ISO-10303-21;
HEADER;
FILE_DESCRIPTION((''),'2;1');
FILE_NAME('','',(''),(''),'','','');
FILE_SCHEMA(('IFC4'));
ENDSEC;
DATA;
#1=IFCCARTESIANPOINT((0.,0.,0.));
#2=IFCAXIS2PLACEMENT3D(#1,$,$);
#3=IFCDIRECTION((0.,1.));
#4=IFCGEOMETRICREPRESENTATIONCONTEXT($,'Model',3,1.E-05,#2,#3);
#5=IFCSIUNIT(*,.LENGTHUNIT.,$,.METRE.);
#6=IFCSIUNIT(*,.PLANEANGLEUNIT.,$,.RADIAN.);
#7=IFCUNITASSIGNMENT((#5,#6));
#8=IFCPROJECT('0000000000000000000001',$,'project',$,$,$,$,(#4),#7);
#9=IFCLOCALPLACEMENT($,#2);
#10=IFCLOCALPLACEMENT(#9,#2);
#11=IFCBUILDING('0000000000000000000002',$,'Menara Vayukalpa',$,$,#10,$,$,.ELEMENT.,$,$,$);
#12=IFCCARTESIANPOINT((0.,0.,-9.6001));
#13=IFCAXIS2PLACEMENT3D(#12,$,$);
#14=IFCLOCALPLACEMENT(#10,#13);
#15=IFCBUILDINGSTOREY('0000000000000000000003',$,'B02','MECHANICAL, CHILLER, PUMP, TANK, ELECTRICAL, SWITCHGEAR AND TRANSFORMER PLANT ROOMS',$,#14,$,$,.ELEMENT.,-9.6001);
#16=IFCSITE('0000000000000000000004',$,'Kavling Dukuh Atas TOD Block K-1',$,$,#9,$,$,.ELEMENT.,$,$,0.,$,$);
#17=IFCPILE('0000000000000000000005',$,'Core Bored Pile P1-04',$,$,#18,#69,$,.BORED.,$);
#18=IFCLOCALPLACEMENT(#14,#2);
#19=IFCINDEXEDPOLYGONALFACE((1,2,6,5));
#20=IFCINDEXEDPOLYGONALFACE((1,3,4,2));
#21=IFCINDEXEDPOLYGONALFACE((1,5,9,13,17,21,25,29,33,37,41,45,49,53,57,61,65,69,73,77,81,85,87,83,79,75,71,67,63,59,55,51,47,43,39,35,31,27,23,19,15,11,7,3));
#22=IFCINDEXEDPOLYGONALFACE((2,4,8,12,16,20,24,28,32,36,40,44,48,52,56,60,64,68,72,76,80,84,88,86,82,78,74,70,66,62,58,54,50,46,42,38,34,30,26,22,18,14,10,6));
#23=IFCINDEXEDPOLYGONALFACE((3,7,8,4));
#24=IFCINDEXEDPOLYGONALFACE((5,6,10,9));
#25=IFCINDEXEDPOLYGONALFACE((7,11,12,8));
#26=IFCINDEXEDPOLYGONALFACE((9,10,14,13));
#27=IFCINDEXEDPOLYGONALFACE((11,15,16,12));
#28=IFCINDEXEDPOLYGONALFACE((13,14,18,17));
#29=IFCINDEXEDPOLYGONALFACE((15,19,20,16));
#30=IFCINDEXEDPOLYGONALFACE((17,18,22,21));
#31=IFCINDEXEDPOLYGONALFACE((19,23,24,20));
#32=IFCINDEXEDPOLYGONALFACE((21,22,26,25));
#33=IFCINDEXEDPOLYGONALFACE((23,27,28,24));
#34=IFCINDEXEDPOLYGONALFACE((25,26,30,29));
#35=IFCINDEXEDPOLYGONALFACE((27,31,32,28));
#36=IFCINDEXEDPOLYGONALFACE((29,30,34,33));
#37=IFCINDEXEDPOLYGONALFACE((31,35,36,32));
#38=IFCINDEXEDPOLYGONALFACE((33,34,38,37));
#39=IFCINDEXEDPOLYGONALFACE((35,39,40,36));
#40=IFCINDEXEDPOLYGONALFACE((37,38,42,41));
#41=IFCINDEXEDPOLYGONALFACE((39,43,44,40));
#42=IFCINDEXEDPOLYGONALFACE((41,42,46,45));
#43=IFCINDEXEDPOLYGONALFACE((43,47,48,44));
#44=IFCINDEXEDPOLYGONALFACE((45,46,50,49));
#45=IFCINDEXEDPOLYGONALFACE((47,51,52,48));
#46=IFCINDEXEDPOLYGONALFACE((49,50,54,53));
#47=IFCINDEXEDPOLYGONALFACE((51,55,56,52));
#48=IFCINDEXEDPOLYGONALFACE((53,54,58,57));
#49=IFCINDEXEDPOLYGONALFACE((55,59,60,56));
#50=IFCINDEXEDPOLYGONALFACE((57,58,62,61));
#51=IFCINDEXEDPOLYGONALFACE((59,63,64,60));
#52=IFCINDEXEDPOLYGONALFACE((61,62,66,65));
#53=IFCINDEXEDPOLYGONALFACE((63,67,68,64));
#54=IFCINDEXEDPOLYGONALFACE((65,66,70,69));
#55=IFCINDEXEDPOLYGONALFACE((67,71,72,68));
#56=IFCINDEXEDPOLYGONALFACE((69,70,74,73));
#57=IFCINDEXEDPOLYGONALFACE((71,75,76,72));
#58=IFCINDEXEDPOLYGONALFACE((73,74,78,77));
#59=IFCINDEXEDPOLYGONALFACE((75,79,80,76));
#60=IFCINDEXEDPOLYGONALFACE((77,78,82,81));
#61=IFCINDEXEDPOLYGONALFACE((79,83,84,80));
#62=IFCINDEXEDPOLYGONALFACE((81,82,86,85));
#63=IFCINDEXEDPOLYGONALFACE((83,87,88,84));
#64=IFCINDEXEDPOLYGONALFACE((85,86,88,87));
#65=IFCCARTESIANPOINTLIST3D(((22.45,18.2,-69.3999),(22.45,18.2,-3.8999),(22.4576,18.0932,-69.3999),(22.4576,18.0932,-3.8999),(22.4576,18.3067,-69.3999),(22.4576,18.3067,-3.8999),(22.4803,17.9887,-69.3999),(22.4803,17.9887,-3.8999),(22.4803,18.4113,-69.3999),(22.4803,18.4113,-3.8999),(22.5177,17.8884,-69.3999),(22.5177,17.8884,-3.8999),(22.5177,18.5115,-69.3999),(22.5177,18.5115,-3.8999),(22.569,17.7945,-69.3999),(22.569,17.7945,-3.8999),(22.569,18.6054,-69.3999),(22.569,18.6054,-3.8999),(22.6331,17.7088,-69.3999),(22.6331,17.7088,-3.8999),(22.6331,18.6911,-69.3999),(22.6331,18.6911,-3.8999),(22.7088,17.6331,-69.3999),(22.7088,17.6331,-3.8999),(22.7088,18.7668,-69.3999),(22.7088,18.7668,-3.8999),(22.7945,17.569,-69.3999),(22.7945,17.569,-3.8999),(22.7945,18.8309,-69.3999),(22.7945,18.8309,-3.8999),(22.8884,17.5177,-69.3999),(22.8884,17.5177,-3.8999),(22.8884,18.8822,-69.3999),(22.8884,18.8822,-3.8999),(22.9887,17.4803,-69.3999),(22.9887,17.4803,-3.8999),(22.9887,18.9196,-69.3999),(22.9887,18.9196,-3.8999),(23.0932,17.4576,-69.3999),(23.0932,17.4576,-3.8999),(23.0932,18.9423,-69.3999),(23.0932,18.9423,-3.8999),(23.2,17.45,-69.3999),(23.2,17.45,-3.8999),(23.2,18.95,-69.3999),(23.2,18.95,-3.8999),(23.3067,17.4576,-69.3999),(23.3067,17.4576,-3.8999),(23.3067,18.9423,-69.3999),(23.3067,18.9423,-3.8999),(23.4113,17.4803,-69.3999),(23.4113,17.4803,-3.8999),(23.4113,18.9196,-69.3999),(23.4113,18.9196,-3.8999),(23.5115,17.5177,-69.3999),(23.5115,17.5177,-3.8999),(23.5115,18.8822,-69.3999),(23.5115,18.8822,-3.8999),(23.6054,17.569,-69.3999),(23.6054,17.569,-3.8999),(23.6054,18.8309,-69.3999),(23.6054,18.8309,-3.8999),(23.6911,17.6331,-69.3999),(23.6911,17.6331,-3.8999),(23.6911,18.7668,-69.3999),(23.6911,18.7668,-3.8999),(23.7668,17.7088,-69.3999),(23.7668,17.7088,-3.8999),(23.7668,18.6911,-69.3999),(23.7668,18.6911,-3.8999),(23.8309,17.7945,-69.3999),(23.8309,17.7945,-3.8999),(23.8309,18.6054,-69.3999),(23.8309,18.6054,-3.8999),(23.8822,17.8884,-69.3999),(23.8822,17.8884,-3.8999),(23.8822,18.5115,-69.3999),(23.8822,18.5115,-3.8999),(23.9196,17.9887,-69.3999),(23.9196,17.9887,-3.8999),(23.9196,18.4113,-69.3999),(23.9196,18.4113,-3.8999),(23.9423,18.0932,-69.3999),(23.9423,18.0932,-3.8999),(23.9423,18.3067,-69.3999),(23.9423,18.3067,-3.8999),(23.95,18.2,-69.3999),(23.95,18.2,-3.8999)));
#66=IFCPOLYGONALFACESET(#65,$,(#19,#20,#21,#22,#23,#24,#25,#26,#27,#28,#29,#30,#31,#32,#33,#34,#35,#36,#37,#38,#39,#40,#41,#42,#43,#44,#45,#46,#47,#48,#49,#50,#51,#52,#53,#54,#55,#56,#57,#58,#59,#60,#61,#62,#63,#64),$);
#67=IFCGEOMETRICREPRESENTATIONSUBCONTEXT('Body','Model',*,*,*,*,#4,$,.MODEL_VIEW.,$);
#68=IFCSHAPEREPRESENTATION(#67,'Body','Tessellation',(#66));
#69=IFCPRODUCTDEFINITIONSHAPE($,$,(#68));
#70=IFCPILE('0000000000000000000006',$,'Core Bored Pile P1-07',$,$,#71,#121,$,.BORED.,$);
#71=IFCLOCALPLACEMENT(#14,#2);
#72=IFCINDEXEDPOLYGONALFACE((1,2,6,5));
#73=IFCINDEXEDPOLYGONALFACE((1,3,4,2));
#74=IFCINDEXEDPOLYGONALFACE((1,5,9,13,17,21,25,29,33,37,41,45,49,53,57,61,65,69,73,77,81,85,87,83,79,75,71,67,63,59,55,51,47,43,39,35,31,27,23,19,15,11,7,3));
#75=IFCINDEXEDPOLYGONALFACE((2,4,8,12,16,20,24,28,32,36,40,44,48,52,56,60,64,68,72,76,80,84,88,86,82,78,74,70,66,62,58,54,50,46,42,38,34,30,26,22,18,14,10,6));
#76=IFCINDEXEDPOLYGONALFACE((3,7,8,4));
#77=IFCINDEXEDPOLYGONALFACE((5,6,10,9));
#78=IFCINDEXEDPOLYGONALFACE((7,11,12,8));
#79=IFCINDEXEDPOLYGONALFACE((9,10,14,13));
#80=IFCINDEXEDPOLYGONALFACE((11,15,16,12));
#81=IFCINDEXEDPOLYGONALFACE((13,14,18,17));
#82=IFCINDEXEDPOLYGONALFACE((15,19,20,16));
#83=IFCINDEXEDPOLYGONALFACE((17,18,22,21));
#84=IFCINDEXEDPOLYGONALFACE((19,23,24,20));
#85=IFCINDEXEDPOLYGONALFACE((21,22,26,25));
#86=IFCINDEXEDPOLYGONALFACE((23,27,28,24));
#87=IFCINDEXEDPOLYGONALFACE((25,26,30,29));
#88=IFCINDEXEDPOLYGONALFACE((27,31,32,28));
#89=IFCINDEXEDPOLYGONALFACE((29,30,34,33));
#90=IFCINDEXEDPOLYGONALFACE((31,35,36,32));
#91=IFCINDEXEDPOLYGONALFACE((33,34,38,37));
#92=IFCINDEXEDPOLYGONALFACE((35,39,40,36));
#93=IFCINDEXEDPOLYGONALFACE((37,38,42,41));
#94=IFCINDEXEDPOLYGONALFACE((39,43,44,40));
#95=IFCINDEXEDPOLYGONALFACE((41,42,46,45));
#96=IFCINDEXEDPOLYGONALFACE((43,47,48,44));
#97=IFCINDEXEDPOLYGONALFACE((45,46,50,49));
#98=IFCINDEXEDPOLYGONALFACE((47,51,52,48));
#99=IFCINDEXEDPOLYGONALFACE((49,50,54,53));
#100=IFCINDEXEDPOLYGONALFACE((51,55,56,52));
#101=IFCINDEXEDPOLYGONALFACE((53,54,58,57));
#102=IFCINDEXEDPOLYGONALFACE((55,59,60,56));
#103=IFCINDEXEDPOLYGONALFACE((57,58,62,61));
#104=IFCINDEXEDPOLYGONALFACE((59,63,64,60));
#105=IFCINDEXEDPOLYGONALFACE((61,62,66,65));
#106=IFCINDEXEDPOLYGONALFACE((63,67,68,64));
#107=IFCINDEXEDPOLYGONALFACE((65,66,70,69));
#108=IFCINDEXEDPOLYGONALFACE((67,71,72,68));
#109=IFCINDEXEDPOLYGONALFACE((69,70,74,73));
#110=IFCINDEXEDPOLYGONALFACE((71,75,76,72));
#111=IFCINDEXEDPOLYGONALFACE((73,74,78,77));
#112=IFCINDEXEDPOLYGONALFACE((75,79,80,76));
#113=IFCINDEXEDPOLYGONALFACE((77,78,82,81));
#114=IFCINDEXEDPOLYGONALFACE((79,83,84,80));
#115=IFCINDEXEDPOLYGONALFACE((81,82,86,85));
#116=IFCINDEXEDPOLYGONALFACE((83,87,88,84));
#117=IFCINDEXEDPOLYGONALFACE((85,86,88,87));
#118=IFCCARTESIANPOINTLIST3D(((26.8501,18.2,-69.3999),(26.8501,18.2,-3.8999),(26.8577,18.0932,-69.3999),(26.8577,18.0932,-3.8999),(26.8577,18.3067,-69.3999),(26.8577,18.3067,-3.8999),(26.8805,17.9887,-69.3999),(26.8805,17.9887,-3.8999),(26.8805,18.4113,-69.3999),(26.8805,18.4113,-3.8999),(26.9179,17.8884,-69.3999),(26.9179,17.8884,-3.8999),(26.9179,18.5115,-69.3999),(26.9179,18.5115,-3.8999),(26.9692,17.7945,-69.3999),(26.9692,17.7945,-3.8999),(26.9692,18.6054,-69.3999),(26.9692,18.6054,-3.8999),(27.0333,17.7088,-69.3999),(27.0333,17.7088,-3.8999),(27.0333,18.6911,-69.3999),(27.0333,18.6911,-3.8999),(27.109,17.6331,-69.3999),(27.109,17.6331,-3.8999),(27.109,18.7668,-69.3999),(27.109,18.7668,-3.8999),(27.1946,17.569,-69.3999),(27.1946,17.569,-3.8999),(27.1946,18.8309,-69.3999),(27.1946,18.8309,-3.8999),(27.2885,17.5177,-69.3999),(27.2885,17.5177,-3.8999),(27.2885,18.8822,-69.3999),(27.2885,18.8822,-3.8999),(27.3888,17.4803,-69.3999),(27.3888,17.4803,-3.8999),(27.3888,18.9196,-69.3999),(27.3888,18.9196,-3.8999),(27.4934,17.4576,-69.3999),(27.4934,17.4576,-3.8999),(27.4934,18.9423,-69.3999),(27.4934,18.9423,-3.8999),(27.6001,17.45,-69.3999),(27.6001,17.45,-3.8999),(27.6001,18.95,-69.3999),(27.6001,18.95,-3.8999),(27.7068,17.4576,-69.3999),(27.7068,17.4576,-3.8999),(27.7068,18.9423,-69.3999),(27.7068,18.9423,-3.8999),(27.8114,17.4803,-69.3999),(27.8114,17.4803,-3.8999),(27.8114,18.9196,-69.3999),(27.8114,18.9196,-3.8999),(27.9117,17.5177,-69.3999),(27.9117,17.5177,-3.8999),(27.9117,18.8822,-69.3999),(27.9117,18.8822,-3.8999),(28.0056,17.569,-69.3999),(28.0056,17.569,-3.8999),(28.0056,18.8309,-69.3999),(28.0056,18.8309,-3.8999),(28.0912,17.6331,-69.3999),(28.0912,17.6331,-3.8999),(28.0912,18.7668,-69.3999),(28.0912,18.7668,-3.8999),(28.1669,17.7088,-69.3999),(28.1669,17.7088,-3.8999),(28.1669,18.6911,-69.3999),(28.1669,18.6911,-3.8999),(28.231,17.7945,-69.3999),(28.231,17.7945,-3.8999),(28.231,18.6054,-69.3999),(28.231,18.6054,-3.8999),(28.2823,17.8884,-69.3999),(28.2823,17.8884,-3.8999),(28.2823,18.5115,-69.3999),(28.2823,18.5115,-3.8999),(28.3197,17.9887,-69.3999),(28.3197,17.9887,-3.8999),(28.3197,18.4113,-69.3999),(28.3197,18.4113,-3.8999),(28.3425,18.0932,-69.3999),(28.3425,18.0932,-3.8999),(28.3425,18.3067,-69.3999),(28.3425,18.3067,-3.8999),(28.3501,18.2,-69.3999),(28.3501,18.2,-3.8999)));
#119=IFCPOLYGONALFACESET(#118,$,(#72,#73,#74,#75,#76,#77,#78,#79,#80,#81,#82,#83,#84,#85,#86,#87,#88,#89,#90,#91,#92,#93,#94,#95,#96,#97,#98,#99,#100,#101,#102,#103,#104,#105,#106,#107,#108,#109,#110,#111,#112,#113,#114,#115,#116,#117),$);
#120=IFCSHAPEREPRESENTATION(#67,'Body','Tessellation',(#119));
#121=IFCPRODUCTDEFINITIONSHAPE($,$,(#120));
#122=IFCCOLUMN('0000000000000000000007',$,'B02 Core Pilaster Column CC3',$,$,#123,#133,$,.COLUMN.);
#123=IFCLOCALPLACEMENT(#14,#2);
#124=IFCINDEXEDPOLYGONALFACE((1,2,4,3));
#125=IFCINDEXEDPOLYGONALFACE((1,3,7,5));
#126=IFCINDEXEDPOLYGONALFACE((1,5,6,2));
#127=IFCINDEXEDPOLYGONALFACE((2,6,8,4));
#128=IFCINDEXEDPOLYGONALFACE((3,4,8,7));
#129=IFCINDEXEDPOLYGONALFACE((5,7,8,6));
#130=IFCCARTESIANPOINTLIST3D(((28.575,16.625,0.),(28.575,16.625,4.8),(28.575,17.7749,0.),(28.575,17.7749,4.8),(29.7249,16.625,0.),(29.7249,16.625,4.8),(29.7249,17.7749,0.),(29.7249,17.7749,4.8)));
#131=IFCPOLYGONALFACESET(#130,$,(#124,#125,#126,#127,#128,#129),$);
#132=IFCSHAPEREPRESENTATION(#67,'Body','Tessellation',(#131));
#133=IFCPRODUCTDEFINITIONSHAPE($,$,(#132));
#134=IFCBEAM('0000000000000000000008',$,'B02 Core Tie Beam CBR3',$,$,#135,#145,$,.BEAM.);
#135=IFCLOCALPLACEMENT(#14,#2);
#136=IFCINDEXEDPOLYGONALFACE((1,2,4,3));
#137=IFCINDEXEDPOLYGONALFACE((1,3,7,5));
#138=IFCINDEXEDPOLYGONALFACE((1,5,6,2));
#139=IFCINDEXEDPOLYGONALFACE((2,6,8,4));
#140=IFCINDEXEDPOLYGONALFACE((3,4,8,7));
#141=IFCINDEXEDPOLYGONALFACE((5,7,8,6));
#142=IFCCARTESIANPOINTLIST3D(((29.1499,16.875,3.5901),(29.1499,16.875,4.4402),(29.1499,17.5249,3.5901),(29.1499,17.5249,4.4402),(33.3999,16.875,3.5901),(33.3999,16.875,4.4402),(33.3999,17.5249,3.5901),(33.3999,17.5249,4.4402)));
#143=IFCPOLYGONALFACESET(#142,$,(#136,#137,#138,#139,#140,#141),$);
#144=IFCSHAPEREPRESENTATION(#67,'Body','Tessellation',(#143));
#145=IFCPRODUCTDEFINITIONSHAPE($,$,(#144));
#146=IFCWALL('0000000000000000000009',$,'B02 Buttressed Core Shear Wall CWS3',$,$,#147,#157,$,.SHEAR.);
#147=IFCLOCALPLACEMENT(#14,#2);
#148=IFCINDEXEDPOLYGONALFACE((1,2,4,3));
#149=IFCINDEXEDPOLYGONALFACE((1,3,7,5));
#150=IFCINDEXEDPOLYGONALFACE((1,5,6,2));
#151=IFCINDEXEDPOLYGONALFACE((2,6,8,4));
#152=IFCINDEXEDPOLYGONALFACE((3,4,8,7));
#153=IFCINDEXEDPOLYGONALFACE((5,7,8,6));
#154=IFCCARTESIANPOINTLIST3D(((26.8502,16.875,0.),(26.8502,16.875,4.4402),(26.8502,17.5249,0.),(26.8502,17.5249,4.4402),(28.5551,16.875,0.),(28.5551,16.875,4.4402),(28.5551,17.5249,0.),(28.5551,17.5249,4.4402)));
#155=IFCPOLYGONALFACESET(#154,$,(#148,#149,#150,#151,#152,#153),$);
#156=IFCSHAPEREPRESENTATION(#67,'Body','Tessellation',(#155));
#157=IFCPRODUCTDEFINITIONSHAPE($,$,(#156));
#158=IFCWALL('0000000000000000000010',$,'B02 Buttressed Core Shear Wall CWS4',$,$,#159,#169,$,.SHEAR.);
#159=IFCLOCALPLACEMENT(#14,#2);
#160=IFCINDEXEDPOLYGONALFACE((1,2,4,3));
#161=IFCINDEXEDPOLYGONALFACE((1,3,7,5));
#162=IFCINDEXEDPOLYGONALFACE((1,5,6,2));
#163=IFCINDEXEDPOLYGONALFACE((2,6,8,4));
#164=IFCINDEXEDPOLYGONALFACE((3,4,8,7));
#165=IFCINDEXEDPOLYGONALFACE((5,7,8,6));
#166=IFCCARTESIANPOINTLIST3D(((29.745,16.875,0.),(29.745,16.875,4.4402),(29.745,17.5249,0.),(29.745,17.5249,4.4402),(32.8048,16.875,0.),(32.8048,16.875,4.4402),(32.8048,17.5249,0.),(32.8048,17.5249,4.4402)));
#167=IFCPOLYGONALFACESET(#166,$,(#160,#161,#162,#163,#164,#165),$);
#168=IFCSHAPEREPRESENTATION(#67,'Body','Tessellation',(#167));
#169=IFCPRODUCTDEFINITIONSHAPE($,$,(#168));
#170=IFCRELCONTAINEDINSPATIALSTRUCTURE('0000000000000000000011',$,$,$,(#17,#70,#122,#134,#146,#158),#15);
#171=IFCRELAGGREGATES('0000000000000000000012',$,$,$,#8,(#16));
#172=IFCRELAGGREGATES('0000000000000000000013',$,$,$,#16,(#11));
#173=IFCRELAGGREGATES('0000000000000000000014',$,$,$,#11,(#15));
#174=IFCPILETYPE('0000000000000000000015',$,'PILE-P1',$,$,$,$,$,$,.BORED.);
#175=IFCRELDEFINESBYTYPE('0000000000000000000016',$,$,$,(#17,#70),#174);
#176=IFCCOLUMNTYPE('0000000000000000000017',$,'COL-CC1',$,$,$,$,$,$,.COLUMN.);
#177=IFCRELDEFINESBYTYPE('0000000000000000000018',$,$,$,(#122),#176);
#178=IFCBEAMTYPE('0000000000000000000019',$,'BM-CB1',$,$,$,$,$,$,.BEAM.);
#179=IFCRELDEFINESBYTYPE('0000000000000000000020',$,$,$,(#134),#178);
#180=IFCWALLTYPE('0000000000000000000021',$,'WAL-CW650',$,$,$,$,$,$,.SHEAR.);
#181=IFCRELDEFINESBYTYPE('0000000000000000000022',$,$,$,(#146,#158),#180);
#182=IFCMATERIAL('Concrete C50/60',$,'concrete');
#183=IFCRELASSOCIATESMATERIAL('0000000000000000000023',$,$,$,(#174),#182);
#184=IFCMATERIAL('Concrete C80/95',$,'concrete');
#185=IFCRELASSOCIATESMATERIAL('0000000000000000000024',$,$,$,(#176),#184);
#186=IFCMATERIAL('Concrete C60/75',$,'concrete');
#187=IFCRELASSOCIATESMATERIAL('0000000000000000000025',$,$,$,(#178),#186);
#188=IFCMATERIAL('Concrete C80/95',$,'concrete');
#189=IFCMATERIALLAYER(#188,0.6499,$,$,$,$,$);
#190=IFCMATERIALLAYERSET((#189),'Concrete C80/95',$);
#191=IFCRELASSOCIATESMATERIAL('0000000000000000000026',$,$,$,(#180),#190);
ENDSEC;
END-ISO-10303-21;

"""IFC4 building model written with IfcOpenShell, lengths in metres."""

from ifc_helpers import new_model, si_unit, direction, frame, frame_2d, origin, origin_2d, place, context, subcontext, project, spatial, rectangle, circle, extrude, material, layer, layer_set, material_profile, profile_set, type_object, element, save


model = new_model("IFC4")

# Units and contexts
model_context = context("Model", 3, precision=1e-05, world=origin(), true_north=direction((0.0, 1.0)))
body_context = subcontext(model_context, "Body", "Model", "MODEL_VIEW")
ifc_project = project(units=[si_unit("LENGTHUNIT", "METRE"), si_unit("PLANEANGLEUNIT", "RADIAN")], contexts=[model_context])

# Site, building, storey
site_placement = place(None, origin())
site = spatial("IfcSite", under=ifc_project, at=site_placement, Name="Kavling Dukuh Atas TOD Block K-1", CompositionType="ELEMENT", RefElevation=0.0)
building_placement = place(site_placement, origin())
building = spatial("IfcBuilding", under=site, at=building_placement, Name="Menara Vayukalpa", CompositionType="ELEMENT")
storey_placement = place(building_placement, frame((0.0, 0.0, -9.6001)))
storey = spatial("IfcBuildingStorey", under=building, at=storey_placement, Name="B02", Description="MECHANICAL, CHILLER, PUMP, TANK, ELECTRICAL, SWITCHGEAR AND TRANSFORMER PLANT ROOMS", CompositionType="ELEMENT", Elevation=-9.6001)

# Piles
ifc_material_1 = material(Name="Concrete C50/60", Category="concrete")
ifc_material_profile_1 = material_profile(ifc_material_1, circle(Radius=0.75, at=origin_2d()), Name="PILE D1500")
ifc_profile_set_1 = profile_set([ifc_material_profile_1], Name="Concrete C50/60")
pile_type = type_object("IfcPileType", Name="PILE-P1", PredefinedType="BORED", material=ifc_profile_set_1)
for number, where, z_axis, x_axis, name in (
    (1, (23.2, 18.2, -3.8999), (0.0, 0.0, -1.0), (1.0, 0.0, 0.0), "Core Bored Pile P1-04"),
    (2, (27.6001, 18.2, -3.8999), (0.0, 0.0, -1.0), (1.0, 0.0, 0.0), "Core Bored Pile P1-07"),
):
    element("IfcPile", number, at=place(storey_placement, frame(where, z_axis=z_axis, x_axis=x_axis)), inside=storey, type_object=pile_type, Name=name, PredefinedType="BORED", context=body_context, shape_type="SweptSolid", body=[
        extrude(circle(Radius=0.75, at=origin_2d()), origin(), (0.0, 0.0, 1.0), 65.5),
    ])

# Column
ifc_material_2 = material(Name="Concrete C80/95", Category="concrete")
ifc_material_profile_2 = material_profile(ifc_material_2, rectangle(XDim=1.1499, YDim=1.1499, at=origin_2d()), Name="RC 1150x1150")
ifc_profile_set_2 = profile_set([ifc_material_profile_2], Name="Concrete C80/95")
column_type = type_object("IfcColumnType", Name="COL-CC1", PredefinedType="COLUMN", material=ifc_profile_set_2)
column_placement = place(storey_placement, frame((29.1499, 17.2, 0.0), z_axis=(0.0, 0.0, 1.0), x_axis=(1.0, 0.0, 0.0)))
element("IfcColumn", 3, at=column_placement, inside=storey, type_object=column_type, Name="B02 Core Pilaster Column CC3", PredefinedType="COLUMN", context=body_context, shape_type="SweptSolid", body=[
    extrude(rectangle(XDim=1.1499, YDim=1.1499, at=origin_2d()), origin(), (0.0, 0.0, 1.0), 4.8),
])

# Beam
ifc_material_3 = material(Name="Concrete C60/75", Category="concrete")
ifc_material_profile_3 = material_profile(ifc_material_3, rectangle(XDim=0.6499, YDim=0.8501, at=origin_2d()), Name="RC 650x850")
ifc_profile_set_3 = profile_set([ifc_material_profile_3], Name="Concrete C60/75")
beam_type = type_object("IfcBeamType", Name="BM-CB1", PredefinedType="BEAM", material=ifc_profile_set_3)
beam_placement = place(storey_placement, frame((29.1499, 17.2, 4.0151), z_axis=(1.0, 0.0, 0.0), x_axis=(0.0, 1.0, 0.0)))
element("IfcBeam", 4, at=beam_placement, inside=storey, type_object=beam_type, Name="B02 Core Tie Beam CBR3", PredefinedType="BEAM", context=body_context, shape_type="SweptSolid", body=[
    extrude(rectangle(XDim=0.6499, YDim=0.8501, at=origin_2d()), origin(), (0.0, 0.0, 1.0), 4.25),
])

# Walls
ifc_material_4 = material(Name="Concrete C80/95", Category="concrete")
ifc_layer_1 = layer(ifc_material_4, 0.6499)
ifc_layer_set_1 = layer_set([ifc_layer_1], Name="Concrete C80/95")
wall_type_1 = type_object("IfcWallType", Name="WAL-CW650", PredefinedType="SHEAR", material=ifc_layer_set_1)
wall_1_placement = place(storey_placement, frame((26.8501, 17.2, 0.0), z_axis=(0.0, 0.0, 1.0), x_axis=(1.0, 0.0, 0.0)))
element("IfcWall", 5, at=wall_1_placement, inside=storey, type_object=wall_type_1, Name="B02 Buttressed Core Shear Wall CWS3", PredefinedType="SHEAR", context=body_context, shape_type="SweptSolid", body=[
    extrude(rectangle(XDim=1.7048, YDim=0.6499, at=frame_2d((0.8525, 0.0))), origin(), (0.0, 0.0, 1.0), 4.4402),
])
wall_2_placement = place(storey_placement, frame((29.7451, 17.2, 0.0), z_axis=(0.0, 0.0, 1.0), x_axis=(1.0, 0.0, 0.0)))
element("IfcWall", 6, at=wall_2_placement, inside=storey, type_object=wall_type_1, Name="B02 Buttressed Core Shear Wall CWS4", PredefinedType="SHEAR", context=body_context, shape_type="SweptSolid", body=[
    extrude(rectangle(XDim=3.0598, YDim=0.6499, at=frame_2d((1.5298, 0.0))), origin(), (0.0, 0.0, 1.0), 4.4402),
])

save(model, "model.ifc")
